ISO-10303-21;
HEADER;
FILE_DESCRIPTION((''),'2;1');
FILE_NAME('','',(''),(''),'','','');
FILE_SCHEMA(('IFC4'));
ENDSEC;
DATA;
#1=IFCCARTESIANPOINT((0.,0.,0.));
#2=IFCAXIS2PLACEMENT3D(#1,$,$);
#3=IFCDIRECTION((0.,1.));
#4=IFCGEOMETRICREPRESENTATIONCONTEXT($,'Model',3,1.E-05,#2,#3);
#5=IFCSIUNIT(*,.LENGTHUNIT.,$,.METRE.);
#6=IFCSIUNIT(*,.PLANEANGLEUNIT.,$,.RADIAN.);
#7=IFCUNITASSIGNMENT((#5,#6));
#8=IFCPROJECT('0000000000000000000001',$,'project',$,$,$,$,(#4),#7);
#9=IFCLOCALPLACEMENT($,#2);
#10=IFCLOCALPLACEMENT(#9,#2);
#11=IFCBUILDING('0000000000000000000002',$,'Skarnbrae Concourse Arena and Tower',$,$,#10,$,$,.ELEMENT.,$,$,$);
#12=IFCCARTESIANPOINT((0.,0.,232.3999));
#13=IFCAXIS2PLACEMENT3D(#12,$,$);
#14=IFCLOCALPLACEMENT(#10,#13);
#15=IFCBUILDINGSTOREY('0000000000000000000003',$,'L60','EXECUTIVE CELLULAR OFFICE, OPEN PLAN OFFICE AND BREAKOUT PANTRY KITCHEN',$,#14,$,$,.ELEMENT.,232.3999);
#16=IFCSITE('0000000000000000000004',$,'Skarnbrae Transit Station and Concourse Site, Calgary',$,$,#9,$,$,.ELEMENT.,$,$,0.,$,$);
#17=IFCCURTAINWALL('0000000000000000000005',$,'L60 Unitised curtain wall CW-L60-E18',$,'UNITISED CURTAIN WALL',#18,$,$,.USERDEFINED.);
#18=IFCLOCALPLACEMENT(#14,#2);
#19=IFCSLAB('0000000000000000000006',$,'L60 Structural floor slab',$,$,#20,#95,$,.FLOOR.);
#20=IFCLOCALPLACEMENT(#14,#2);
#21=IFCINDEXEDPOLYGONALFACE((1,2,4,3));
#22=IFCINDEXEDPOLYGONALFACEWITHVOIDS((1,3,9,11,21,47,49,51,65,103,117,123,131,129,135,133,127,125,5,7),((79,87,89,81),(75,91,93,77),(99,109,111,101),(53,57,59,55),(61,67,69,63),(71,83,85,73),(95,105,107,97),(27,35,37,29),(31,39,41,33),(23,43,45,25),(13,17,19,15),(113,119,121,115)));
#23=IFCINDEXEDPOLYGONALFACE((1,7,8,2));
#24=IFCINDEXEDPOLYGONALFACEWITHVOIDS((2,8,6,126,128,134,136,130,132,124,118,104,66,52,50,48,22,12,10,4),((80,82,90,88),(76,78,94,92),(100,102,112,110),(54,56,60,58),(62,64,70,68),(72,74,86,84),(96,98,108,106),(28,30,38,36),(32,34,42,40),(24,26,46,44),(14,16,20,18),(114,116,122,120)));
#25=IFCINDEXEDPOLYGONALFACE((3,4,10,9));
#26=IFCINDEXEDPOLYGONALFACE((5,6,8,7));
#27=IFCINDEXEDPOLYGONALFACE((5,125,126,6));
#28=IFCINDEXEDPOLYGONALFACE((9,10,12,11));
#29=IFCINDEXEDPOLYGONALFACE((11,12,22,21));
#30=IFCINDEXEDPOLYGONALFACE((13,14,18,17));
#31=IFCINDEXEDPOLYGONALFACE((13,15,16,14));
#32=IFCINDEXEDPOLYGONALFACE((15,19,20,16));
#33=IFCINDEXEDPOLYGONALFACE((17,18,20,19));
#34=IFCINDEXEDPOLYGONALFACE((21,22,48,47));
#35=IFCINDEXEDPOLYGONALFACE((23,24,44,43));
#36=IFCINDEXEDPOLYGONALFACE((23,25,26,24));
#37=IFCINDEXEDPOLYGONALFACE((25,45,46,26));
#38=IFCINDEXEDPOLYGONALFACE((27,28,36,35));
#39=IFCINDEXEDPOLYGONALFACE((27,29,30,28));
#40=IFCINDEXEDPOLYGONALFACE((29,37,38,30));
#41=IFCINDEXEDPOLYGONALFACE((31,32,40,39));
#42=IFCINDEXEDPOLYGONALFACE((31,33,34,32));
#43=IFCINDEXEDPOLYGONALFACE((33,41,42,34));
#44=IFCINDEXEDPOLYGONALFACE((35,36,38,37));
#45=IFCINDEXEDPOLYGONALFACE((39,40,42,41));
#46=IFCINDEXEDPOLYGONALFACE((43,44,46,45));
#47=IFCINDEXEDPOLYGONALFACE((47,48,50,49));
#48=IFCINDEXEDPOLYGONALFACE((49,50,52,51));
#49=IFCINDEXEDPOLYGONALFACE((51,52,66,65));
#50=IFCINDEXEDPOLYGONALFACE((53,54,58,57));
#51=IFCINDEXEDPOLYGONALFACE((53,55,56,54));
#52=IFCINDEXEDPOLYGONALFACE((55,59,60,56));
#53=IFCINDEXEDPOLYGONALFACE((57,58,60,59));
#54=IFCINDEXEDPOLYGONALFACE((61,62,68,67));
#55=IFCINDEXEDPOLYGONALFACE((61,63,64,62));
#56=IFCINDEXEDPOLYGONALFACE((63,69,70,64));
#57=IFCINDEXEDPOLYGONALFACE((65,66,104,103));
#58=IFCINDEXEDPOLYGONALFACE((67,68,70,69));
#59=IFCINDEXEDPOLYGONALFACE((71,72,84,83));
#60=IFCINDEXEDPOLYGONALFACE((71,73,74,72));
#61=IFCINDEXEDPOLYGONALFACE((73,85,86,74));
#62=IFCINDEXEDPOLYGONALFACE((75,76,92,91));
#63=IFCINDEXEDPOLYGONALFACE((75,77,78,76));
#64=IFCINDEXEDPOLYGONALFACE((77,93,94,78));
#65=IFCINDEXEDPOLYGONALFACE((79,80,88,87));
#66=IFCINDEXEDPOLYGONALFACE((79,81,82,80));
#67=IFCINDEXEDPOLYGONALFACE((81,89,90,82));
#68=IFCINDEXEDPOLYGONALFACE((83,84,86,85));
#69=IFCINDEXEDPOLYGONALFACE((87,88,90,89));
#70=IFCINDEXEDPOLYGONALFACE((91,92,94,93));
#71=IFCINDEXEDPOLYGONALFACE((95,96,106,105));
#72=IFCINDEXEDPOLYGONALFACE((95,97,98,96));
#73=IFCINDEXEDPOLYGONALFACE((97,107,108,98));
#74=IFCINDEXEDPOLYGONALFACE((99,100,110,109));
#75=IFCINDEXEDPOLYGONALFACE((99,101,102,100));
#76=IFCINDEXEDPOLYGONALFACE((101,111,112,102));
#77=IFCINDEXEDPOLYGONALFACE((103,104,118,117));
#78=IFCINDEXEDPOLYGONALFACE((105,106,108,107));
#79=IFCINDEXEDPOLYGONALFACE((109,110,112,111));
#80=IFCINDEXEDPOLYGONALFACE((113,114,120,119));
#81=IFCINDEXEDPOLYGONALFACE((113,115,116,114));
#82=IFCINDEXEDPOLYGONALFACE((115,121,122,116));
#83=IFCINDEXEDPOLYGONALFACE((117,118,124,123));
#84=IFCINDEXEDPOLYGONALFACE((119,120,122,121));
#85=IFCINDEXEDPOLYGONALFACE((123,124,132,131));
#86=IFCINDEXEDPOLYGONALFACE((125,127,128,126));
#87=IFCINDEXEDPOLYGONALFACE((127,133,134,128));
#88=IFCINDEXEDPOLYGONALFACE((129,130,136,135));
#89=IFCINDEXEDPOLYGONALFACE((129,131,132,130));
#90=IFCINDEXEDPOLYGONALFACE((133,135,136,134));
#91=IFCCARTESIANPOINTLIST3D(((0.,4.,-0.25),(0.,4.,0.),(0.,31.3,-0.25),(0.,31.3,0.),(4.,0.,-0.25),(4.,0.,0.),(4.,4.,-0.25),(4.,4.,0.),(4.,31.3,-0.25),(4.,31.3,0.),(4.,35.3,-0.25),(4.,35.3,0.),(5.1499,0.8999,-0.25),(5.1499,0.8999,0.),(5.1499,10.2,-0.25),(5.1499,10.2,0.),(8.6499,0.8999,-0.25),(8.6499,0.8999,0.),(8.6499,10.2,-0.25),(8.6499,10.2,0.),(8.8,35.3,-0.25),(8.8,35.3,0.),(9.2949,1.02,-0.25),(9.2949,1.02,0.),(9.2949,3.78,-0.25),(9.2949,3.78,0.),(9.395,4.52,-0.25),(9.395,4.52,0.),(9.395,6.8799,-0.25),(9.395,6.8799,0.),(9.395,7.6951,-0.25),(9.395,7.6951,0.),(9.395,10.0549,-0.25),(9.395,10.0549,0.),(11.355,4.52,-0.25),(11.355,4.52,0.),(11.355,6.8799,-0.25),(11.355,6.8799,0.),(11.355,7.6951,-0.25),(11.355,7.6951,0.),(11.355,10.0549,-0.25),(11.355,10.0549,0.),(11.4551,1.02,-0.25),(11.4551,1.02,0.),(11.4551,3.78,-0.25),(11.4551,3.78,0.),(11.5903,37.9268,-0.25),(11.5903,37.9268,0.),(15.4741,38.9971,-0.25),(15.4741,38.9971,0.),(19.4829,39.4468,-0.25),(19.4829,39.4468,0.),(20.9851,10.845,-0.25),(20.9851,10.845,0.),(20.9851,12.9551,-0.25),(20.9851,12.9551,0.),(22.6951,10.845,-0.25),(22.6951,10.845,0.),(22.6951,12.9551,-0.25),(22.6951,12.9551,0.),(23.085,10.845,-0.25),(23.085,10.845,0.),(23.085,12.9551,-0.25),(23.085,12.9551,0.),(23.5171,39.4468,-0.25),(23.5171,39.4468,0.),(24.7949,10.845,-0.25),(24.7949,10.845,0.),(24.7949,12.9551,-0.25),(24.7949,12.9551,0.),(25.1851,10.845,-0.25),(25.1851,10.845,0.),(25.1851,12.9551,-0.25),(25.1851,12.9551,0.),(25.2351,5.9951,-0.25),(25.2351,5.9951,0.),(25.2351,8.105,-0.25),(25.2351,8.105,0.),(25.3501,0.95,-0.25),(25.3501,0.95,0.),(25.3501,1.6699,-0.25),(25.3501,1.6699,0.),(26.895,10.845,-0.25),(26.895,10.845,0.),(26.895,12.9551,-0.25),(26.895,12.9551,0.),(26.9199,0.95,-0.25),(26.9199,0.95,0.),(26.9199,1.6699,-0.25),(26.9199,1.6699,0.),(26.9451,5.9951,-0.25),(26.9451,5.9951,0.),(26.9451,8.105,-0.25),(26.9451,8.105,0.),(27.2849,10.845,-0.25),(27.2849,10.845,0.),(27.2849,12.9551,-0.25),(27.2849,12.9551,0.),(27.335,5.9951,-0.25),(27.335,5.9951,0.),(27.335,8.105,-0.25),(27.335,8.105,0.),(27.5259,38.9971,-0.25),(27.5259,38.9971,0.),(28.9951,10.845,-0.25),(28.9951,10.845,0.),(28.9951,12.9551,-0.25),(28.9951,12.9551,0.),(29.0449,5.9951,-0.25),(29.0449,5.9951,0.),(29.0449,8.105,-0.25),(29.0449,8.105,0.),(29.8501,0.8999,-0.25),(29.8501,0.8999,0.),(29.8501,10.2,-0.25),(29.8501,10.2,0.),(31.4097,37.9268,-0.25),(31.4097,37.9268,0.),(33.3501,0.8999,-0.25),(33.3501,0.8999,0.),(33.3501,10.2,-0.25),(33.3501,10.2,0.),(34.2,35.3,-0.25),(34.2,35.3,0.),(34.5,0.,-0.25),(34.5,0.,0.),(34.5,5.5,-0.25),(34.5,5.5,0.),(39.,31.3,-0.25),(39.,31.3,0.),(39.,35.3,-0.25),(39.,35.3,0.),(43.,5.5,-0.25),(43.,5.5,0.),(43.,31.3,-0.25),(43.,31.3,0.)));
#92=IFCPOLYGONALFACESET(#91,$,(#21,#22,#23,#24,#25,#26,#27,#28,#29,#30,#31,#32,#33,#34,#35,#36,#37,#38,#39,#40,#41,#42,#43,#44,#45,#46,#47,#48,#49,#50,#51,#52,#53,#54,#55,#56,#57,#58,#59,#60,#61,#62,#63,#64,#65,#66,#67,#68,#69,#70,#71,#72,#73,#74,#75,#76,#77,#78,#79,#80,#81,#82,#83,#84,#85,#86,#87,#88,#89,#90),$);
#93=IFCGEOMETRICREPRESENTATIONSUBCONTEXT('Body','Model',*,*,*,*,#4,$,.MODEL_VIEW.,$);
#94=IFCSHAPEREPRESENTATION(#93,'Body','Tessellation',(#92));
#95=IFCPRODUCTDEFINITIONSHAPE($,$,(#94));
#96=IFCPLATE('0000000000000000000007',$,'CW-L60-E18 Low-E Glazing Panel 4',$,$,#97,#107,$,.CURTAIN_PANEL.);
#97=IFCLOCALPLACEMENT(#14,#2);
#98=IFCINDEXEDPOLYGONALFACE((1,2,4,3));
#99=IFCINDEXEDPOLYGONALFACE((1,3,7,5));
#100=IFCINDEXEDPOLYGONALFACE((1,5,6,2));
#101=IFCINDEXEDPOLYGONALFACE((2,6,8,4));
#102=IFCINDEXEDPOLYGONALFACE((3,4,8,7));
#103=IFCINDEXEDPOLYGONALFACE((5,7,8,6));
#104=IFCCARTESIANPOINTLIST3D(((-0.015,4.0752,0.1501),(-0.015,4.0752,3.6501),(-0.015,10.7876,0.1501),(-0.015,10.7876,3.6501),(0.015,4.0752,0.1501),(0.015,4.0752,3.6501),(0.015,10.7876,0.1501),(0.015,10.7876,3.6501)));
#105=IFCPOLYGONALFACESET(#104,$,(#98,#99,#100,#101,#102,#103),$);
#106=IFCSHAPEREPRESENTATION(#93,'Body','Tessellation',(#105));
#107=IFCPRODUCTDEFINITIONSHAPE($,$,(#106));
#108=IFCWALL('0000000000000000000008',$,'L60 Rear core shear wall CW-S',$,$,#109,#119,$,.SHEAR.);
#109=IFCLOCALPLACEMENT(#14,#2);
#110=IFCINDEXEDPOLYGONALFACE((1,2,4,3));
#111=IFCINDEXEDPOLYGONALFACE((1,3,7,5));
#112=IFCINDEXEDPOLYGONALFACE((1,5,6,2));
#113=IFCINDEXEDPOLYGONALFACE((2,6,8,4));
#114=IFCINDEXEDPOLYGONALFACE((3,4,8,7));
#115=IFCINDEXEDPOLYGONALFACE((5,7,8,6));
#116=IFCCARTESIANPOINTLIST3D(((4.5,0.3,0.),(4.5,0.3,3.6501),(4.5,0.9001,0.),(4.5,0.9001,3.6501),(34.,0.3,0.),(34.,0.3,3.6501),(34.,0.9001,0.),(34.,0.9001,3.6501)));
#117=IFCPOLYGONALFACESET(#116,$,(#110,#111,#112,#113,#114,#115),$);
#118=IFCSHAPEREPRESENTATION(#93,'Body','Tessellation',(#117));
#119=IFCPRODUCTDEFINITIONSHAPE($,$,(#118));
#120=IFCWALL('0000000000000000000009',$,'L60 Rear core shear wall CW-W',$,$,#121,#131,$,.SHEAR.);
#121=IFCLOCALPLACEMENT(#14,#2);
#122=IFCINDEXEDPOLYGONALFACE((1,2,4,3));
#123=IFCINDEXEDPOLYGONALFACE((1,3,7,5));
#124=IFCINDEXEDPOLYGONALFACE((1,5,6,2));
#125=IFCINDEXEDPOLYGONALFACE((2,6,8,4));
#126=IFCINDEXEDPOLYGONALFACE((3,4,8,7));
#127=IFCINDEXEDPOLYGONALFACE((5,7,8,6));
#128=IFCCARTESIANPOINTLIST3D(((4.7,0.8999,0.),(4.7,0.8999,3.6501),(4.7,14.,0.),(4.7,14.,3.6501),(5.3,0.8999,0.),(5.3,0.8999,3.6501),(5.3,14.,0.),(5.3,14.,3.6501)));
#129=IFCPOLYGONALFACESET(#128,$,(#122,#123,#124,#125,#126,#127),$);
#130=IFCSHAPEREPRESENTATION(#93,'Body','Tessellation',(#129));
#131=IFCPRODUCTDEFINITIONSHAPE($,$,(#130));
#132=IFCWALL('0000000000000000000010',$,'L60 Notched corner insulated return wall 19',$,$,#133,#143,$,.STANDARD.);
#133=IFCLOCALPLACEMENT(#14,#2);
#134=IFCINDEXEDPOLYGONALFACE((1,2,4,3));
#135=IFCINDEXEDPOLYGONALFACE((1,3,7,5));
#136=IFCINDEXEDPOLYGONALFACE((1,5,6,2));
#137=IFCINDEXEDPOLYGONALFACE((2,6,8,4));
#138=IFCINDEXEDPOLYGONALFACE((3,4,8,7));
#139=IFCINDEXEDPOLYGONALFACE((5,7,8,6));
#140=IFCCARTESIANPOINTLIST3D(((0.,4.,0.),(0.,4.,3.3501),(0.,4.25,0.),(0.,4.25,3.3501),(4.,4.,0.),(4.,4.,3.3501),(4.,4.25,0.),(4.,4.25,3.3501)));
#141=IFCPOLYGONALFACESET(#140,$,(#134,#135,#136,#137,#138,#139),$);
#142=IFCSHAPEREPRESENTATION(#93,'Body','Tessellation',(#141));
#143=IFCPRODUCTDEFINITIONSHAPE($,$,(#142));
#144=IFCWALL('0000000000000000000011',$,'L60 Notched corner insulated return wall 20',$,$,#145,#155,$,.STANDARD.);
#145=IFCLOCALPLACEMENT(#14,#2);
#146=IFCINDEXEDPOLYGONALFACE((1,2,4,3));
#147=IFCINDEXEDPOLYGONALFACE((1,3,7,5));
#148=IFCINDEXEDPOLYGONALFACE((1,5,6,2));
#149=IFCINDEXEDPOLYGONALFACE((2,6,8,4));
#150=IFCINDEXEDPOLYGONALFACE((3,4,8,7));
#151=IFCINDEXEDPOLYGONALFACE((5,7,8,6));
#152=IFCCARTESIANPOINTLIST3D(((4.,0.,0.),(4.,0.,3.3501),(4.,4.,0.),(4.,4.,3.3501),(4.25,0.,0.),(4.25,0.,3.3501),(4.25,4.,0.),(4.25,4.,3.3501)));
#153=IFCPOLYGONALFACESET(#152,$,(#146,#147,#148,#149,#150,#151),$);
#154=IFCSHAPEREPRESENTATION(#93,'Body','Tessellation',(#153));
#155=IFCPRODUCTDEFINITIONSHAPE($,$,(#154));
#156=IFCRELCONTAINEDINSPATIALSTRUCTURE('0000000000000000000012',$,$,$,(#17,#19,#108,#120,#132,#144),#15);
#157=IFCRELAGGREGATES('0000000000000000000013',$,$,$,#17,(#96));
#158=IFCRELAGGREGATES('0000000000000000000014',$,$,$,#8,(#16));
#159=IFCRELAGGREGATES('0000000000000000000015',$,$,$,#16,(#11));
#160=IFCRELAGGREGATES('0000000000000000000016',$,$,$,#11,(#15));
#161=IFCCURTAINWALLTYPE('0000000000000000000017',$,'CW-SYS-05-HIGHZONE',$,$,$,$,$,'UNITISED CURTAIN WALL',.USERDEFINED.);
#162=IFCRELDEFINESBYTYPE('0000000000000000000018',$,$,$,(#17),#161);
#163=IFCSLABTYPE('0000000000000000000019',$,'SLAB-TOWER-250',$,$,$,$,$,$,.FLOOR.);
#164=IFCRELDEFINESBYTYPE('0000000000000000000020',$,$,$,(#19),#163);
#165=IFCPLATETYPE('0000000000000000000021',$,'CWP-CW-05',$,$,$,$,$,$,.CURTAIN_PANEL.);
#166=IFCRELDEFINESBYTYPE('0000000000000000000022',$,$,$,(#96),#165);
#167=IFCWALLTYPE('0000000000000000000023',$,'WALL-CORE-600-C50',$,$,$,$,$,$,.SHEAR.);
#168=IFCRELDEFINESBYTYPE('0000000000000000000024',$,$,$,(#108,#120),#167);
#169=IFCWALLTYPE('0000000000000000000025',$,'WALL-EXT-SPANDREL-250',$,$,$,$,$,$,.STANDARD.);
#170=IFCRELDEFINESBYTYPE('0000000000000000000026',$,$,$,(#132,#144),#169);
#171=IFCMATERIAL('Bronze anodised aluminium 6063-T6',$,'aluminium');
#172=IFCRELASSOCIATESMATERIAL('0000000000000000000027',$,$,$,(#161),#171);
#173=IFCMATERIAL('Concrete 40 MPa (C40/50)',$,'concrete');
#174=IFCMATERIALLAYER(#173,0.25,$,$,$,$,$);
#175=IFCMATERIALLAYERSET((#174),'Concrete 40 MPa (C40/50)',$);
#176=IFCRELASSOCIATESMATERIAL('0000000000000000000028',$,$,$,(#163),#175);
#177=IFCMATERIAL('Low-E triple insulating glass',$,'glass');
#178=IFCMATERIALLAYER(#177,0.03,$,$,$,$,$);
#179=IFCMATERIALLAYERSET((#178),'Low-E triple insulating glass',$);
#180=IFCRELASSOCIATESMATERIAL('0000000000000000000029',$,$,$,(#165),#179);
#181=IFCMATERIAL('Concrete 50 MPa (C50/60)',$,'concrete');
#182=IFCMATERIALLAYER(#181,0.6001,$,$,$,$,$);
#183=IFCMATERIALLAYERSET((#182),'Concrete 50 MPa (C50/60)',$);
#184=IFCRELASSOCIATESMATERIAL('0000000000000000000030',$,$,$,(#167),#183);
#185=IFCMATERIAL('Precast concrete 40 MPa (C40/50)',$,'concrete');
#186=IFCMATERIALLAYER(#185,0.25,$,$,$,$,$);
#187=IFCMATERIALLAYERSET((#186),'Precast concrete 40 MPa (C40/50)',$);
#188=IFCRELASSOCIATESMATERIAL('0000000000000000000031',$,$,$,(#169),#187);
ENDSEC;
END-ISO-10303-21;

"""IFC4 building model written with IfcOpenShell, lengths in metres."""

from ifc_helpers import new_model, si_unit, direction, frame, frame_2d, origin, origin_2d, place, context, subcontext, project, spatial, polyline, rectangle, outline, extrude, source, transform, mapped, material, layer, layer_set, type_object, element, aggregate, save


model = new_model("IFC4")

# Units and contexts
model_context = context("Model", 3, precision=1e-05, world=origin(), true_north=direction((0.0, 1.0)))
body_context = subcontext(model_context, "Body", "Model", "MODEL_VIEW")
ifc_project = project(units=[si_unit("LENGTHUNIT", "METRE"), si_unit("PLANEANGLEUNIT", "RADIAN")], contexts=[model_context])

# Site, building, storey
site_placement = place(None, origin())
site = spatial("IfcSite", under=ifc_project, at=site_placement, Name="Skarnbrae Transit Station and Concourse Site, Calgary", CompositionType="ELEMENT", RefElevation=0.0)
building_placement = place(site_placement, origin())
building = spatial("IfcBuilding", under=site, at=building_placement, Name="Skarnbrae Concourse Arena and Tower", CompositionType="ELEMENT")
storey_placement = place(building_placement, frame((0.0, 0.0, 232.3999)))
storey = spatial("IfcBuildingStorey", under=building, at=storey_placement, Name="L60", Description="EXECUTIVE CELLULAR OFFICE, OPEN PLAN OFFICE AND BREAKOUT PANTRY KITCHEN", CompositionType="ELEMENT", Elevation=232.3999)

# Curtain wall
ifc_material_1 = material(Name="Bronze anodised aluminium 6063-T6", Category="aluminium")
curtain_wall_type = type_object("IfcCurtainWallType", Name="CW-SYS-05-HIGHZONE", ElementType="UNITISED CURTAIN WALL", PredefinedType="USERDEFINED", material=ifc_material_1)
curtain_wall_placement = place(storey_placement, origin())
curtain_wall = element("IfcCurtainWall", 1, at=curtain_wall_placement, inside=storey, type_object=curtain_wall_type, Name="L60 Unitised curtain wall CW-L60-E18", ObjectType="UNITISED CURTAIN WALL", PredefinedType="USERDEFINED")

# Shared definitions
ifc_material_2 = material(Name="Concrete 40 MPa (C40/50)", Category="concrete")

# Slab
ifc_layer_1 = layer(ifc_material_2, 0.25)
ifc_layer_set_1 = layer_set([ifc_layer_1], Name="Concrete 40 MPa (C40/50)")
slab_type_1 = type_object("IfcSlabType", Name="SLAB-TOWER-250", PredefinedType="FLOOR", material=ifc_layer_set_1)
slab_1_placement = place(storey_placement, frame((0.0, 0.0, -0.25)))
element("IfcSlab", 2, at=slab_1_placement, inside=storey, type_object=slab_type_1, Name="L60 Structural floor slab", PredefinedType="FLOOR", context=body_context, shape_type="SweptSolid", body=[
    extrude(outline(polyline([(4.0, 0.0), (34.5, 0.0), (34.5, 5.5), (43.0, 5.5), (43.0, 31.3), (39.0, 31.3), (39.0, 35.3), (34.2, 35.3), (31.4097, 37.9268), (27.5259, 38.9971), (23.5171, 39.4468), (19.4829, 39.4468), (15.4741, 38.9971), (11.5903, 37.9268), (8.8, 35.3), (4.0, 35.3), (4.0, 31.3), (0.0, 31.3), (0.0, 4.0), (4.0, 4.0), (4.0, 0.0)]), holes=[polyline([(9.2949, 1.02), (9.2949, 3.78), (11.4551, 3.78), (11.4551, 1.02), (9.2949, 1.02)]), polyline([(8.6499, 10.2), (8.6499, 0.8999), (5.1499, 0.8999), (5.1499, 10.2), (8.6499, 10.2)]), polyline([(9.395, 6.8799), (11.355, 6.8799), (11.355, 4.52), (9.395, 4.52), (9.395, 6.8799)]), polyline([(9.395, 7.6951), (9.395, 10.0549), (11.355, 10.0549), (11.355, 7.6951), (9.395, 7.6951)]), polyline([(20.9851, 12.9551), (22.6951, 12.9551), (22.6951, 10.845), (20.9851, 10.845), (20.9851, 12.9551)]), polyline([(23.085, 12.9551), (24.7949, 12.9551), (24.7949, 10.845), (23.085, 10.845), (23.085, 12.9551)]), polyline([(25.3501, 0.95), (25.3501, 1.6699), (26.9199, 1.6699), (26.9199, 0.95), (25.3501, 0.95)]), polyline([(33.3501, 10.2), (33.3501, 0.8999), (29.8501, 0.8999), (29.8501, 10.2), (33.3501, 10.2)]), polyline([(25.2351, 8.105), (26.9451, 8.105), (26.9451, 5.9951), (25.2351, 5.9951), (25.2351, 8.105)]), polyline([(27.335, 5.9951), (27.335, 8.105), (29.0449, 8.105), (29.0449, 5.9951), (27.335, 5.9951)]), polyline([(25.1851, 12.9551), (26.895, 12.9551), (26.895, 10.845), (25.1851, 10.845), (25.1851, 12.9551)]), polyline([(27.2849, 12.9551), (28.9951, 12.9551), (28.9951, 10.845), (27.2849, 10.845), (27.2849, 12.9551)])]), origin(), (0.0, 0.0, 1.0), 0.25),
])

# Plate
ifc_material_3 = material(Name="Low-E triple insulating glass", Category="glass")
ifc_layer_2 = layer(ifc_material_3, 0.03)
ifc_layer_set_2 = layer_set([ifc_layer_2], Name="Low-E triple insulating glass")
plate_type = type_object("IfcPlateType", Name="CWP-CW-05", PredefinedType="CURTAIN_PANEL", material=ifc_layer_set_2)
shared_shape_1 = source(origin(), body_context, "Body", "SweptSolid", [
    extrude(rectangle(XDim=6.7124, YDim=0.03, at=origin_2d()), origin(), (0.0, 0.0, 1.0), 3.5),
])
plate_placement = place(storey_placement, frame((0.0, 7.4314, 0.1501), z_axis=(0.0, 0.0, 1.0), x_axis=(0.0, -1.0, 0.0)))
plate = element("IfcPlate", 3, at=plate_placement, type_object=plate_type, Name="CW-L60-E18 Low-E Glazing Panel 4", PredefinedType="CURTAIN_PANEL", context=body_context, shape_type="MappedRepresentation", body=[
    mapped(shared_shape_1, transform((0.0, 0.0, 0.0))),
])
aggregate(curtain_wall, [plate])

# Shared definitions
ifc_material_4 = material(Name="Concrete 50 MPa (C50/60)", Category="concrete")

# Walls
ifc_layer_3 = layer(ifc_material_4, 0.6001)
ifc_layer_set_3 = layer_set([ifc_layer_3], Name="Concrete 50 MPa (C50/60)")
wall_type_1 = type_object("IfcWallType", Name="WALL-CORE-600-C50", PredefinedType="SHEAR", material=ifc_layer_set_3)
shared_shape_2 = source(origin(), body_context, "Body", "SweptSolid", [
    extrude(rectangle(XDim=29.5, YDim=0.6001, at=frame_2d((14.75, 0.0))), origin(), (0.0, 0.0, 1.0), 3.6501),
])
wall_1_placement = place(storey_placement, frame((4.5, 0.6001, 0.0), z_axis=(0.0, 0.0, 1.0), x_axis=(1.0, 0.0, 0.0)))
element("IfcWall", 4, at=wall_1_placement, inside=storey, type_object=wall_type_1, Name="L60 Rear core shear wall CW-S", PredefinedType="SHEAR", context=body_context, shape_type="MappedRepresentation", body=[
    mapped(shared_shape_2, transform((0.0, 0.0, 0.0))),
])
shared_shape_3 = source(origin(), body_context, "Body", "SweptSolid", [
    extrude(rectangle(XDim=13.1001, YDim=0.6001, at=frame_2d((6.55, 0.0))), origin(), (0.0, 0.0, 1.0), 3.6501),
])
wall_2_placement = place(storey_placement, frame((5.0, 0.8999, 0.0), z_axis=(0.0, 0.0, 1.0), x_axis=(0.0, 1.0, 0.0)))
element("IfcWall", 5, at=wall_2_placement, inside=storey, type_object=wall_type_1, Name="L60 Rear core shear wall CW-W", PredefinedType="SHEAR", context=body_context, shape_type="MappedRepresentation", body=[
    mapped(shared_shape_3, transform((0.0, 0.0, 0.0))),
])
ifc_material_5 = material(Name="Precast concrete 40 MPa (C40/50)", Category="concrete")
ifc_layer_4 = layer(ifc_material_5, 0.25)
ifc_layer_set_4 = layer_set([ifc_layer_4], Name="Precast concrete 40 MPa (C40/50)")
wall_type_2 = type_object("IfcWallType", Name="WALL-EXT-SPANDREL-250", PredefinedType="STANDARD", material=ifc_layer_set_4)
shared_shape_4 = source(origin(), body_context, "Body", "SweptSolid", [
    extrude(rectangle(XDim=4.0, YDim=0.25, at=frame_2d((2.0, 0.0))), origin(), (0.0, 0.0, 1.0), 3.3501),
])
for number, where, z_axis, x_axis, name in (
    (6, (0.0, 4.125, 0.0), (0.0, 0.0, 1.0), (1.0, 0.0, 0.0), "L60 Notched corner insulated return wall 19"),
    (7, (4.125, 4.0, 0.0), (0.0, 0.0, 1.0), (0.0, -1.0, 0.0), "L60 Notched corner insulated return wall 20"),
):
    element("IfcWall", number, at=place(storey_placement, frame(where, z_axis=z_axis, x_axis=x_axis)), inside=storey, type_object=wall_type_2, Name=name, PredefinedType="STANDARD", context=body_context, shape_type="MappedRepresentation", body=[
        mapped(shared_shape_4, transform((0.0, 0.0, 0.0))),
    ])

save(model, "model.ifc")
